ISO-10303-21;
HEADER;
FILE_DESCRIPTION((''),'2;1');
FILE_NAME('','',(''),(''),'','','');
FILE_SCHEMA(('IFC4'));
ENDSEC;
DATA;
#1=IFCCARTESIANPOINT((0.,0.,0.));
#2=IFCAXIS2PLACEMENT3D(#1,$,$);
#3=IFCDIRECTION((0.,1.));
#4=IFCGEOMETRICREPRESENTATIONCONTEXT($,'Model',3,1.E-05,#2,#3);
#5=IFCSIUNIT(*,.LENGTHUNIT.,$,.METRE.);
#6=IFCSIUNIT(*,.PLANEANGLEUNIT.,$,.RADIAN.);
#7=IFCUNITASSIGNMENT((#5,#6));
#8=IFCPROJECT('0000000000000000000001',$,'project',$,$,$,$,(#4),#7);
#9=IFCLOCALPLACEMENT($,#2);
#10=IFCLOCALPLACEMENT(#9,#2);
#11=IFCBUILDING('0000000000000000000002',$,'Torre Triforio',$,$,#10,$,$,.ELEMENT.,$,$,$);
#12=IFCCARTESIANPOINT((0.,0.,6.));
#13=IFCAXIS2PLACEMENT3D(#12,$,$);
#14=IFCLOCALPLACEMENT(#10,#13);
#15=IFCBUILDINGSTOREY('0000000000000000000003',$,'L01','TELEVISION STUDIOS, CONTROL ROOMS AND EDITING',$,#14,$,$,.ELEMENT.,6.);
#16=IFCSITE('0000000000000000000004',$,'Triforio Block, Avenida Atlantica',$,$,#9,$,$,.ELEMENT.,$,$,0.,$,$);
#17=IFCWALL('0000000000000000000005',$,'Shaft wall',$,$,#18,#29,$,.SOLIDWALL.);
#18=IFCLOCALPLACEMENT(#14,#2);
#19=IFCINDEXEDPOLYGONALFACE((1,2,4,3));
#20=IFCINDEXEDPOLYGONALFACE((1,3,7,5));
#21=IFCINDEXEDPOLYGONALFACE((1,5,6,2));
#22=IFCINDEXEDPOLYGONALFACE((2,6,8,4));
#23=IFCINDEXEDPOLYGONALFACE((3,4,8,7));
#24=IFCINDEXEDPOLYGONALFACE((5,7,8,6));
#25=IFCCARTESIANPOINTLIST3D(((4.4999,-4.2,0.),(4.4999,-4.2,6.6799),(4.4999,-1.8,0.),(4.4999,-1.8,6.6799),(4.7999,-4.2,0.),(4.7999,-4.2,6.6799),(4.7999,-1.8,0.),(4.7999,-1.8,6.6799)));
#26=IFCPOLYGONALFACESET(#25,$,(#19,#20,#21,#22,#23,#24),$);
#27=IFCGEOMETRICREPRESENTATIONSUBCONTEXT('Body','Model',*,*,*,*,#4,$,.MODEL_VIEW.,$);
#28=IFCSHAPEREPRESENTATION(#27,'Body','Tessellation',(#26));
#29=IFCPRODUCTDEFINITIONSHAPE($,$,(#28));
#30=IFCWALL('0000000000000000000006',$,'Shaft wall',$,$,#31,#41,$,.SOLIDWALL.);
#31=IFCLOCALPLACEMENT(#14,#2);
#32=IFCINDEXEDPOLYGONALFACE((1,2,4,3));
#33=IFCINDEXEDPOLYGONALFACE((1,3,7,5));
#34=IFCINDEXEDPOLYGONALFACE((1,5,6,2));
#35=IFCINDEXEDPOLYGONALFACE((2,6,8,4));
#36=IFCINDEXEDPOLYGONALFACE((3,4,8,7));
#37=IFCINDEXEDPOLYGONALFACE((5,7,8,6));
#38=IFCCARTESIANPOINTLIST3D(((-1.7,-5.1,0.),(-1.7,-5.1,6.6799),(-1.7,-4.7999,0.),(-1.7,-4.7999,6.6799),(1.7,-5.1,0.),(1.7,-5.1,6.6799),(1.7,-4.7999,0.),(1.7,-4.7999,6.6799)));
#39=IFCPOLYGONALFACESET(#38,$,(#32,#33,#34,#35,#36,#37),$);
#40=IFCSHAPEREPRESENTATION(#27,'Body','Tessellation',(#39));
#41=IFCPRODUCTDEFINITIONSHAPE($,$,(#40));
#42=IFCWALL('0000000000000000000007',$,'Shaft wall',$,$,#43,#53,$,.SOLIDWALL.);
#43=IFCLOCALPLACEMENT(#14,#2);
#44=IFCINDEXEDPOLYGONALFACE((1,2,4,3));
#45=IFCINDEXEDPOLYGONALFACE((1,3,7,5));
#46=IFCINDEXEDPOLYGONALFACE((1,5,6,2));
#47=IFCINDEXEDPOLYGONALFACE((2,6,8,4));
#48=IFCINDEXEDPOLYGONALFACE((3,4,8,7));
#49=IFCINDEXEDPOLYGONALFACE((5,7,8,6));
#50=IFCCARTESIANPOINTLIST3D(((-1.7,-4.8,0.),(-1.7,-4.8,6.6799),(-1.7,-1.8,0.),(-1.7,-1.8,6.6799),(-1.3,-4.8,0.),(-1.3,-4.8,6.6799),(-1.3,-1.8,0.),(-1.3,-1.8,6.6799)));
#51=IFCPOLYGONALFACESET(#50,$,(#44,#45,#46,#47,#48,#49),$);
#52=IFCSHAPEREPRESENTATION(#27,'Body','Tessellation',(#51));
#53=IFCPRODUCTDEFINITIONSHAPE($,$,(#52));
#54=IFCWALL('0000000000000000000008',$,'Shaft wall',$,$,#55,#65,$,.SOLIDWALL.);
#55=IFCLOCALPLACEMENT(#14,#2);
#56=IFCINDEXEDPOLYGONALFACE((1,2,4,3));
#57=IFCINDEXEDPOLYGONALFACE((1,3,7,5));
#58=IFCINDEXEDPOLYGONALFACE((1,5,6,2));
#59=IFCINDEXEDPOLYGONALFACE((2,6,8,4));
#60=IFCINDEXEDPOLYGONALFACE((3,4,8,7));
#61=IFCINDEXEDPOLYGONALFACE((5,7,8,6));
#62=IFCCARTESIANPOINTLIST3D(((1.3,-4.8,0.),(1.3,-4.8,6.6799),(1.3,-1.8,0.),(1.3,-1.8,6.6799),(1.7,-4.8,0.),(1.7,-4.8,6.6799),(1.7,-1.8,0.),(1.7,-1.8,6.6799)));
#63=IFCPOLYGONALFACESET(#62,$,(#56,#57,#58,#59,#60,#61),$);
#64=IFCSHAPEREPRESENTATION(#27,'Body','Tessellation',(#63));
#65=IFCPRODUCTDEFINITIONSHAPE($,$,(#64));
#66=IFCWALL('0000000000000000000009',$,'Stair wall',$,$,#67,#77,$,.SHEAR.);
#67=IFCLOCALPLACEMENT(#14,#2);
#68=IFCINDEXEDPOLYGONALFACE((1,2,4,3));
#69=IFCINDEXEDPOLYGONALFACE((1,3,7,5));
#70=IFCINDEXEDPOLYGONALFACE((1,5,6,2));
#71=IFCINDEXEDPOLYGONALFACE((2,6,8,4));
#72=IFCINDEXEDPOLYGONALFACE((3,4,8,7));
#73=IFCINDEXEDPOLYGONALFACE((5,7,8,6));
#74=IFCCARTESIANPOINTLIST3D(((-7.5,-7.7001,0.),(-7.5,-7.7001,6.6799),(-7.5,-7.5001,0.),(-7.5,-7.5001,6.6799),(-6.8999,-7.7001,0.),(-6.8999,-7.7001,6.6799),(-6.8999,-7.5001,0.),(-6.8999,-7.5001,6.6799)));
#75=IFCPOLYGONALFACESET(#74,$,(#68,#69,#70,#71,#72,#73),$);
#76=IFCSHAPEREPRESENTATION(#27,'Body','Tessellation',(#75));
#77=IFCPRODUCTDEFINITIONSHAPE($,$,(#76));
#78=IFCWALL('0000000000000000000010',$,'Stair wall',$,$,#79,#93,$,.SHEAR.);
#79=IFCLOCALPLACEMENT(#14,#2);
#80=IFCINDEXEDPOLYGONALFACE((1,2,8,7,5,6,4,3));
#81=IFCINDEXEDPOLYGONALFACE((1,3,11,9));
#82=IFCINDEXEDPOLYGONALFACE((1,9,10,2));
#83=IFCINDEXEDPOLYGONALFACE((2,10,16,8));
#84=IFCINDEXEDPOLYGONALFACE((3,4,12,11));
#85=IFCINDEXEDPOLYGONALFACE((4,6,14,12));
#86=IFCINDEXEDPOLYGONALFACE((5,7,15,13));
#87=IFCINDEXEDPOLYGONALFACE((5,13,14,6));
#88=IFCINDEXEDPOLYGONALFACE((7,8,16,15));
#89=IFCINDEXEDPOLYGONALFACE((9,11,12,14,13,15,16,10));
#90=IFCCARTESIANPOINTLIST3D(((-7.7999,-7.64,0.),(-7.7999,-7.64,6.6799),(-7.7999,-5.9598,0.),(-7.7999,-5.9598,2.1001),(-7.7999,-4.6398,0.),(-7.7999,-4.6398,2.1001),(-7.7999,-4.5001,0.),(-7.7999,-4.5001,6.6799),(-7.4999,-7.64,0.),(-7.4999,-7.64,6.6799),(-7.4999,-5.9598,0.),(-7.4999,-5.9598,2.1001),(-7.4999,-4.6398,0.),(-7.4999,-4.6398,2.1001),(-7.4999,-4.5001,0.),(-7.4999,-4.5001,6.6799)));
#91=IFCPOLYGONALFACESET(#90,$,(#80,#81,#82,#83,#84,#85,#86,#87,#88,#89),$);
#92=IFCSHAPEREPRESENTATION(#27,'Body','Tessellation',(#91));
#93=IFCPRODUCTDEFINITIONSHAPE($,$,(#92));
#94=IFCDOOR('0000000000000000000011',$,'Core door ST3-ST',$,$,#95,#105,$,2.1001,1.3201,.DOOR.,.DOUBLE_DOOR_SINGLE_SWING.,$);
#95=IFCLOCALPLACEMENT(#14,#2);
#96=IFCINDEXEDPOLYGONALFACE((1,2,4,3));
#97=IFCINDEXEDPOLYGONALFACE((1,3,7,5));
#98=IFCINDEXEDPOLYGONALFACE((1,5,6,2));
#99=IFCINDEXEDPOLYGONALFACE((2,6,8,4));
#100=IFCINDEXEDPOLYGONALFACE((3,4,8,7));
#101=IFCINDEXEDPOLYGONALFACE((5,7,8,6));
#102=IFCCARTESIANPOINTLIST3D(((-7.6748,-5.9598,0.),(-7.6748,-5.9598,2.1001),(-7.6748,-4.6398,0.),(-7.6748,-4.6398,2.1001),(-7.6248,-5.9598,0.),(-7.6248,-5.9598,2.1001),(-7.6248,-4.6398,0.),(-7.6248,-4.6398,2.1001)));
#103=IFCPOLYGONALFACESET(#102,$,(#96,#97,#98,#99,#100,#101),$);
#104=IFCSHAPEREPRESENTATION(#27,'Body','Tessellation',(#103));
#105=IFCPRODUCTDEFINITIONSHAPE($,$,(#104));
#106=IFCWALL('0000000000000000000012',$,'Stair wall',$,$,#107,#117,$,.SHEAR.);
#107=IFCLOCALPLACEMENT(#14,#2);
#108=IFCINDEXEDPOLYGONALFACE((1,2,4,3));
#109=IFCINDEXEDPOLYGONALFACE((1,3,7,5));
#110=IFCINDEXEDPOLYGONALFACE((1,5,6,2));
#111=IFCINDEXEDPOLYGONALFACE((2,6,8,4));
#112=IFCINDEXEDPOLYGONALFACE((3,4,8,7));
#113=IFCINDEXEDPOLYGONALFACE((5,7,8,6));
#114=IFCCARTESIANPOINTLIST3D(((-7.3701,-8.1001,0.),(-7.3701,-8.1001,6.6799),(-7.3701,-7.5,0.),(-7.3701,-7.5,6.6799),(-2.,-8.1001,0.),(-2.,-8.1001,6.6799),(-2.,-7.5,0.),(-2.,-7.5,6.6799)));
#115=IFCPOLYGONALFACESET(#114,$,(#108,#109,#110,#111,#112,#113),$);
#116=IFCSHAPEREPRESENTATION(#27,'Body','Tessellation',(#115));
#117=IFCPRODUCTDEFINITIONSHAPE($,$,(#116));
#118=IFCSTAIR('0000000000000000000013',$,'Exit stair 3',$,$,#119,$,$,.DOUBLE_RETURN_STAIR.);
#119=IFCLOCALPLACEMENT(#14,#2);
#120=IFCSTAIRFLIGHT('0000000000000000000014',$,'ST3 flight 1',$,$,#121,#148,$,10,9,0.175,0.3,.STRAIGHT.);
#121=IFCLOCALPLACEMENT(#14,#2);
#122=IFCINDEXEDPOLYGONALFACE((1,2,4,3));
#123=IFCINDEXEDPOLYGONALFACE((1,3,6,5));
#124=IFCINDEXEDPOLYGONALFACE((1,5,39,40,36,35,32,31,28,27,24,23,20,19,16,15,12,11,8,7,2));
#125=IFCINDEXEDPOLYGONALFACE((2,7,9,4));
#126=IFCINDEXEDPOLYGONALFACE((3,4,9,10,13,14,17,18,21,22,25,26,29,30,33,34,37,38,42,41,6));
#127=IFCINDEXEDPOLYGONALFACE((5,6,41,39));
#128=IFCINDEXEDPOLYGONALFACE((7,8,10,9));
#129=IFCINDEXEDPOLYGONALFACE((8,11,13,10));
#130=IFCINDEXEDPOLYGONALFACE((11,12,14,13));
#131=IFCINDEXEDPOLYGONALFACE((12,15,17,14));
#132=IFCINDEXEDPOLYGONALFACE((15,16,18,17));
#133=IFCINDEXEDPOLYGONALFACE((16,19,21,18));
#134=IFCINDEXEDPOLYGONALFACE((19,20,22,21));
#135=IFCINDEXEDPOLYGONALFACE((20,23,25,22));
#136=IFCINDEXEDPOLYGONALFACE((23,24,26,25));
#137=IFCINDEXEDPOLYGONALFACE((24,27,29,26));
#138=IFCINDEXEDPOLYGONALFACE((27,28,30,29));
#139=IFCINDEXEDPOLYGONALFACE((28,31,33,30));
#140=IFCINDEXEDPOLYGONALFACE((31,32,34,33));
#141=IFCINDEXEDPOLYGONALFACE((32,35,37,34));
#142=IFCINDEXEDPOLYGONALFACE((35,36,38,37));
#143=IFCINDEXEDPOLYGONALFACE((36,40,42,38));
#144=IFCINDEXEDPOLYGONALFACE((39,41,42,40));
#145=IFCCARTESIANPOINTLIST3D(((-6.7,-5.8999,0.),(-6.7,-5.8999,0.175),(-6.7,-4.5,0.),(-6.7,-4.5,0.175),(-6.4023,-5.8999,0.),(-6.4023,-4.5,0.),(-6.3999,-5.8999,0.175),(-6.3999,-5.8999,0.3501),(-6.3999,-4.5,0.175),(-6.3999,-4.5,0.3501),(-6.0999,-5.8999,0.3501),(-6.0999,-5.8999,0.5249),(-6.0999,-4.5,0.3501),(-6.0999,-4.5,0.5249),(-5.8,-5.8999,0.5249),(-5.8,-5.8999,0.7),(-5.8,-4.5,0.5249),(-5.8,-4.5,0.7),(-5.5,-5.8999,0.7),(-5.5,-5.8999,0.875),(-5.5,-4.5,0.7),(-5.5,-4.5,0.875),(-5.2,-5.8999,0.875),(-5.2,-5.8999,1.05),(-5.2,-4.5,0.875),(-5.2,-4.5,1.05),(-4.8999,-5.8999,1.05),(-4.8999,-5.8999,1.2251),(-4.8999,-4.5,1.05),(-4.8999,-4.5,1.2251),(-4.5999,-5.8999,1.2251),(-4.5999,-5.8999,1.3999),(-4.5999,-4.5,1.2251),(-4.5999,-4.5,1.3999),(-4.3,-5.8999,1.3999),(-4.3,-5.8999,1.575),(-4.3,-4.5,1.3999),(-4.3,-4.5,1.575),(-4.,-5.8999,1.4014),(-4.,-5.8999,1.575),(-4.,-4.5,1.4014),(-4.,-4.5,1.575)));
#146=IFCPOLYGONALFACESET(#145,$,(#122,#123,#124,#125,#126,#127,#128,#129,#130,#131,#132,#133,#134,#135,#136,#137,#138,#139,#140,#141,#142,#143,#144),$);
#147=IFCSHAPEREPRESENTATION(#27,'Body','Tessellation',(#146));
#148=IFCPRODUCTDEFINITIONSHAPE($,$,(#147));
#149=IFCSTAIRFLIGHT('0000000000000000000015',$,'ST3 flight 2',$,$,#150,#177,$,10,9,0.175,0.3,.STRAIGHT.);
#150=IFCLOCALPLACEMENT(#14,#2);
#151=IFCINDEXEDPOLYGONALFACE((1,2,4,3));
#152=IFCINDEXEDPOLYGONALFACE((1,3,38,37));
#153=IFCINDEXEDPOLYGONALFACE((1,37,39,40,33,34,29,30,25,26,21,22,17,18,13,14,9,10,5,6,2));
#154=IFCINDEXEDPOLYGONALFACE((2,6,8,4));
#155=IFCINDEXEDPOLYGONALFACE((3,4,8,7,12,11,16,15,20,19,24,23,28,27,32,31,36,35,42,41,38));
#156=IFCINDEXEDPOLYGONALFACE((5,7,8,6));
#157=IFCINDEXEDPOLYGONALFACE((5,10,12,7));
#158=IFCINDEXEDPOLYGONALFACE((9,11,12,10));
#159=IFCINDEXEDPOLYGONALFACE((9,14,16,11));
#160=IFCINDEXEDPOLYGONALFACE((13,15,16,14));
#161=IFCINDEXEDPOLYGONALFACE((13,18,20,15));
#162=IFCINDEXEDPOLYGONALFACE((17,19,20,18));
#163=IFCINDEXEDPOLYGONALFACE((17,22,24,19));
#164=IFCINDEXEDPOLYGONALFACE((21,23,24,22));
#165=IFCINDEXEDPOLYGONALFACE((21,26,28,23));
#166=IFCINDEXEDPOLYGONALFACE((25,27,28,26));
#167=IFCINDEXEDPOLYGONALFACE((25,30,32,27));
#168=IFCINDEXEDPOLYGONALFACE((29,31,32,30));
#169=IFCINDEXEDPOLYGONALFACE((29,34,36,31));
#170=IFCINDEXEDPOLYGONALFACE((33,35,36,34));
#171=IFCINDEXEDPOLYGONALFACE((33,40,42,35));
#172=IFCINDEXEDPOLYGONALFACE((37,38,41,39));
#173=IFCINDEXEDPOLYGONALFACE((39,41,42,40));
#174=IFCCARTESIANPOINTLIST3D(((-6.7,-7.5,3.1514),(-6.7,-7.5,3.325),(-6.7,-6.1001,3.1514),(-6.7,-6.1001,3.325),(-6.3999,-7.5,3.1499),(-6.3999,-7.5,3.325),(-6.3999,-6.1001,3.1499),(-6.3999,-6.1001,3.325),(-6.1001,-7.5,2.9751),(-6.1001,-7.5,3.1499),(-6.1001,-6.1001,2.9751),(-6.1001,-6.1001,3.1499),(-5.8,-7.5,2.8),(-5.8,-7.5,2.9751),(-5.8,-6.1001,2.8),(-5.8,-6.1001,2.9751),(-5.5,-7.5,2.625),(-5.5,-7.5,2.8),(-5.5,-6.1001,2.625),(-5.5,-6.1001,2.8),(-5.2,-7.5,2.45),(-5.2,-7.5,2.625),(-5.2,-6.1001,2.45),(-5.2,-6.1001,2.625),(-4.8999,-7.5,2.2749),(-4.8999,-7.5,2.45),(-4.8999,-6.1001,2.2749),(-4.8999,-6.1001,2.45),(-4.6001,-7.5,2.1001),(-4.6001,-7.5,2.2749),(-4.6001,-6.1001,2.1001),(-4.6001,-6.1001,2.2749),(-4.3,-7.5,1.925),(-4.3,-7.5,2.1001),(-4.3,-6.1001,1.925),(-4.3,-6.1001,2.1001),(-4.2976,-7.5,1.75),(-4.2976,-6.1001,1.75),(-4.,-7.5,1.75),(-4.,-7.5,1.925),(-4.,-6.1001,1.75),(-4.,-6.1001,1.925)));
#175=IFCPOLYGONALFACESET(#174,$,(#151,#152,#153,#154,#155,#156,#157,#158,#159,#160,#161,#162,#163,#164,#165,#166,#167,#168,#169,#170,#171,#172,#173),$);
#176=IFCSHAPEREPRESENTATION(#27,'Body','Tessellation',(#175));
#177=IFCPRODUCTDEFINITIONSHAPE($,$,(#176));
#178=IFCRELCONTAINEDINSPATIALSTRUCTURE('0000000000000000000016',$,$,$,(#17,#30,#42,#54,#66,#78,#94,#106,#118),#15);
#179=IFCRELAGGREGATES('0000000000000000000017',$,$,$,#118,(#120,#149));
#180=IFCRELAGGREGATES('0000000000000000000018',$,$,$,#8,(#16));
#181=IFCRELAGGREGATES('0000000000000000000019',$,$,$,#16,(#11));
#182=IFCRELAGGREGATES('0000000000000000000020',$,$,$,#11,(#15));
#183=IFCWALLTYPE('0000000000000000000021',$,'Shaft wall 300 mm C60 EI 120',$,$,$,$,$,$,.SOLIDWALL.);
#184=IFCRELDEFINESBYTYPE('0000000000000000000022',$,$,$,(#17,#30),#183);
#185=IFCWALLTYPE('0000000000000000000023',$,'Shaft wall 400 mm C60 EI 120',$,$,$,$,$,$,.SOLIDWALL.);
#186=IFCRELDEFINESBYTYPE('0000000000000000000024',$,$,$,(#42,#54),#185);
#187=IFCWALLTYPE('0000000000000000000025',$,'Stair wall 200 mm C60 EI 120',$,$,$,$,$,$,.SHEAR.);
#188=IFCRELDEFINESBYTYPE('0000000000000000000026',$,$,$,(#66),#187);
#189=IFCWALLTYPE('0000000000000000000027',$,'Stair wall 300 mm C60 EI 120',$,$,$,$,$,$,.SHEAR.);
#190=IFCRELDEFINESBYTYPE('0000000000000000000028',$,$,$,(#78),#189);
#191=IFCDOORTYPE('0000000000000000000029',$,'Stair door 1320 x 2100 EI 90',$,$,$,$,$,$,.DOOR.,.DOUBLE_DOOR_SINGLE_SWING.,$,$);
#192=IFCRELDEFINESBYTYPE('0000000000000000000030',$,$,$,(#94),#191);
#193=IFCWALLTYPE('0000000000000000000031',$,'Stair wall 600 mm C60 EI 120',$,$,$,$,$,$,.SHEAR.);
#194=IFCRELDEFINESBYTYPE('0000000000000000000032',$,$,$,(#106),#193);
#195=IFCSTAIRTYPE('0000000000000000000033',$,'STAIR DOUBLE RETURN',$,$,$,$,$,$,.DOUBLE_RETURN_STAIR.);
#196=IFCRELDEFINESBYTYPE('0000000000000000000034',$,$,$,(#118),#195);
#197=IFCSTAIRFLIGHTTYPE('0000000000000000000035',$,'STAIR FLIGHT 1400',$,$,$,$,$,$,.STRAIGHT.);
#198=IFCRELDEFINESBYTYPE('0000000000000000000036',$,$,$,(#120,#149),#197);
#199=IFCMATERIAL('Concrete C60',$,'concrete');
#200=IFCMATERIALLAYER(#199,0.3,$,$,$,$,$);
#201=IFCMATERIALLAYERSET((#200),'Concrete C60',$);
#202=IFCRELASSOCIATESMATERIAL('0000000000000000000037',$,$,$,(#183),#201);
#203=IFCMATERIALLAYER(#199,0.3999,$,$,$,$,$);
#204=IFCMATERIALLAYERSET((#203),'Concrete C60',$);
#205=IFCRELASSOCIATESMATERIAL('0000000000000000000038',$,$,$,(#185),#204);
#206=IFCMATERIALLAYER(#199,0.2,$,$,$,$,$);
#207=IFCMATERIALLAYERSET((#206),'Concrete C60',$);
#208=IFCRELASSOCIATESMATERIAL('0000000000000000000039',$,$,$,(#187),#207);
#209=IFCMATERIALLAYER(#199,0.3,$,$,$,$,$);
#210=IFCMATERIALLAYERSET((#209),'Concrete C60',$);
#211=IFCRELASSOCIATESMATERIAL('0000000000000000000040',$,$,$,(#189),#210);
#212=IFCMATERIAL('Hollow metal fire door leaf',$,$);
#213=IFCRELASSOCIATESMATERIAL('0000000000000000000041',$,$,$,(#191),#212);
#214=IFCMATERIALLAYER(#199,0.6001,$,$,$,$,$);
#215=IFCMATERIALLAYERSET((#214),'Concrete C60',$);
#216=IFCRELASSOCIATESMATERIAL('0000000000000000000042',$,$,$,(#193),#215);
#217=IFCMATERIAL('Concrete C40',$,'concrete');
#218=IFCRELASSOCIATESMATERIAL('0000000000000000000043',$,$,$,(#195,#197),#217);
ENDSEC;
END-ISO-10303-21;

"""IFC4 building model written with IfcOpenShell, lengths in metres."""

from ifc_helpers import new_model, si_unit, direction, frame, frame_2d, origin, place, context, subcontext, project, spatial, polyline, rectangle, outline, extrude, material, layer, layer_set, type_object, element, fill, aggregate, save


model = new_model("IFC4")

# Units and contexts
model_context = context("Model", 3, precision=1e-05, world=origin(), true_north=direction((0.0, 1.0)))
body_context = subcontext(model_context, "Body", "Model", "MODEL_VIEW")
ifc_project = project(units=[si_unit("LENGTHUNIT", "METRE"), si_unit("PLANEANGLEUNIT", "RADIAN")], contexts=[model_context])

# Site, building, storey
site_placement = place(None, origin())
site = spatial("IfcSite", under=ifc_project, at=site_placement, Name="Triforio Block, Avenida Atlantica", CompositionType="ELEMENT", RefElevation=0.0)
building_placement = place(site_placement, origin())
building = spatial("IfcBuilding", under=site, at=building_placement, Name="Torre Triforio", CompositionType="ELEMENT")
storey_placement = place(building_placement, frame((0.0, 0.0, 6.0)))
storey = spatial("IfcBuildingStorey", under=building, at=storey_placement, Name="L01", Description="TELEVISION STUDIOS, CONTROL ROOMS AND EDITING", CompositionType="ELEMENT", Elevation=6.0)

# Shared definitions
ifc_material_1 = material(Name="Concrete C60", Category="concrete")

# Shared definitions
ifc_material_2 = material(Name="Hollow metal fire door leaf")

# Walls
ifc_layer_1 = layer(ifc_material_1, 0.3)
ifc_layer_set_1 = layer_set([ifc_layer_1], Name="Concrete C60")
wall_type_1 = type_object("IfcWallType", Name="Shaft wall 300 mm C60 EI 120", PredefinedType="SOLIDWALL", material=ifc_layer_set_1)
for number, where, z_axis, x_axis, name in (
    (1, (4.6499, -4.2, 0.0), (0.0, 0.0, 1.0), (0.0, 1.0, 0.0), "Shaft wall"),
):
    element("IfcWall", number, at=place(storey_placement, frame(where, z_axis=z_axis, x_axis=x_axis)), inside=storey, type_object=wall_type_1, Name=name, PredefinedType="SOLIDWALL", context=body_context, shape_type="SweptSolid", body=[
        extrude(rectangle(XDim=2.3999, YDim=0.3, at=frame_2d((1.2, 0.0))), origin(), (0.0, 0.0, 1.0), 6.6799),
    ])
wall_1_placement = place(storey_placement, frame((-1.7, -4.95, 0.0), z_axis=(0.0, 0.0, 1.0), x_axis=(1.0, 0.0, 0.0)))
element("IfcWall", 2, at=wall_1_placement, inside=storey, type_object=wall_type_1, Name="Shaft wall", PredefinedType="SOLIDWALL", context=body_context, shape_type="SweptSolid", body=[
    extrude(rectangle(XDim=3.3999, YDim=0.3, at=frame_2d((1.7, 0.0))), origin(), (0.0, 0.0, 1.0), 6.6799),
])
ifc_layer_2 = layer(ifc_material_1, 0.3999)
ifc_layer_set_2 = layer_set([ifc_layer_2], Name="Concrete C60")
wall_type_2 = type_object("IfcWallType", Name="Shaft wall 400 mm C60 EI 120", PredefinedType="SOLIDWALL", material=ifc_layer_set_2)
for number, where, z_axis, x_axis, name in (
    (3, (-1.5, -4.8, 0.0), (0.0, 0.0, 1.0), (0.0, 1.0, 0.0), "Shaft wall"),
    (4, (1.5, -4.8, 0.0), (0.0, 0.0, 1.0), (0.0, 1.0, 0.0), "Shaft wall"),
):
    element("IfcWall", number, at=place(storey_placement, frame(where, z_axis=z_axis, x_axis=x_axis)), inside=storey, type_object=wall_type_2, Name=name, PredefinedType="SOLIDWALL", context=body_context, shape_type="SweptSolid", body=[
        extrude(rectangle(XDim=3.0, YDim=0.3999, at=frame_2d((1.5, 0.0))), origin(), (0.0, 0.0, 1.0), 6.6799),
    ])
ifc_layer_3 = layer(ifc_material_1, 0.2)
ifc_layer_set_3 = layer_set([ifc_layer_3], Name="Concrete C60")
wall_type_3 = type_object("IfcWallType", Name="Stair wall 200 mm C60 EI 120", PredefinedType="SHEAR", material=ifc_layer_set_3)
wall_2_placement = place(storey_placement, frame((-7.5, -7.6001, 0.0), z_axis=(0.0, 0.0, 1.0), x_axis=(1.0, 0.0, 0.0)))
element("IfcWall", 5, at=wall_2_placement, inside=storey, type_object=wall_type_3, Name="Stair wall", PredefinedType="SHEAR", context=body_context, shape_type="SweptSolid", body=[
    extrude(rectangle(XDim=0.6001, YDim=0.2, at=frame_2d((0.3, 0.0))), origin(), (0.0, 0.0, 1.0), 6.6799),
])

# Wall, opening, door
ifc_layer_4 = layer(ifc_material_1, 0.3)
ifc_layer_set_4 = layer_set([ifc_layer_4], Name="Concrete C60")
wall_type_4 = type_object("IfcWallType", Name="Stair wall 300 mm C60 EI 120", PredefinedType="SHEAR", material=ifc_layer_set_4)
wall_3_placement = place(storey_placement, frame((-7.6499, -7.6399, 0.0), z_axis=(0.0, 0.0, 1.0), x_axis=(0.0, 1.0, 0.0)))
wall_3 = element("IfcWall", 6, at=wall_3_placement, inside=storey, type_object=wall_type_4, Name="Stair wall", PredefinedType="SHEAR", context=body_context, shape_type="SweptSolid", body=[
    extrude(rectangle(XDim=3.1399, YDim=0.3, at=frame_2d((1.5698, 0.0))), origin(), (0.0, 0.0, 1.0), 6.6799),
])
opening_1_placement = place(wall_3_placement, frame((1.6799, 0.0, 0.0)))
opening_1 = element("IfcOpeningElement", 7, at=opening_1_placement, cuts=wall_3, PredefinedType="OPENING", context=body_context, shape_type="SweptSolid", body=[
    extrude(rectangle(XDim=1.3201, YDim=2.1001, at=frame_2d((0.6602, 1.05))), frame((0.0, 0.1599, 0.0), z_axis=(0.0, -1.0, 0.0), x_axis=(1.0, 0.0, 0.0)), (0.0, 0.0, 1.0), 0.3201),
])
door_type_1 = type_object("IfcDoorType", Name="Stair door 1320 x 2100 EI 90", OperationType="DOUBLE_DOOR_SINGLE_SWING", PredefinedType="DOOR", material=ifc_material_2)
door_1_placement = place(opening_1_placement, origin())
door_1 = element("IfcDoor", 8, at=door_1_placement, inside=storey, type_object=door_type_1, Name="Core door ST3-ST", OperationType="DOUBLE_DOOR_SINGLE_SWING", OverallHeight=2.1001, OverallWidth=1.3201, PredefinedType="DOOR", context=body_context, shape_type="SweptSolid", body=[
    extrude(rectangle(XDim=1.3201, YDim=2.1001, at=frame_2d((0.6602, 1.05))), frame((0.0, 0.0249, 0.0), z_axis=(0.0, -1.0, 0.0), x_axis=(1.0, 0.0, 0.0)), (0.0, 0.0, 1.0), 0.05),
])
fill(opening_1, door_1)

# Wall
ifc_layer_5 = layer(ifc_material_1, 0.6001)
ifc_layer_set_5 = layer_set([ifc_layer_5], Name="Concrete C60")
wall_type_5 = type_object("IfcWallType", Name="Stair wall 600 mm C60 EI 120", PredefinedType="SHEAR", material=ifc_layer_set_5)
wall_4_placement = place(storey_placement, frame((-7.3701, -7.8, 0.0), z_axis=(0.0, 0.0, 1.0), x_axis=(1.0, 0.0, 0.0)))
element("IfcWall", 9, at=wall_4_placement, inside=storey, type_object=wall_type_5, Name="Stair wall", PredefinedType="SHEAR", context=body_context, shape_type="SweptSolid", body=[
    extrude(rectangle(XDim=5.3701, YDim=0.6001, at=frame_2d((2.6851, 0.0))), origin(), (0.0, 0.0, 1.0), 6.6799),
])

# Stair, stair flights
ifc_material_3 = material(Name="Concrete C40", Category="concrete")
stair_type = type_object("IfcStairType", Name="STAIR DOUBLE RETURN", PredefinedType="DOUBLE_RETURN_STAIR", material=ifc_material_3)
stair_placement = place(storey_placement, origin())
stair = element("IfcStair", 10, at=stair_placement, inside=storey, type_object=stair_type, Name="Exit stair 3", PredefinedType="DOUBLE_RETURN_STAIR")
stair_flight_type = type_object("IfcStairFlightType", Name="STAIR FLIGHT 1400", PredefinedType="STRAIGHT", material=ifc_material_3)
stair_flight_1_placement = place(storey_placement, frame((-6.7, -5.2, 0.0), z_axis=(0.0, 0.0, 1.0), x_axis=(1.0, 0.0, 0.0)))
stair_flight_1 = element("IfcStairFlight", 11, at=stair_flight_1_placement, type_object=stair_flight_type, Name="ST3 flight 1", NumberOfRisers=10, NumberOfTreads=9, PredefinedType="STRAIGHT", RiserHeight=0.175, TreadLength=0.3, context=body_context, shape_type="SweptSolid", body=[
    extrude(outline(polyline([(0.0, 0.0), (0.0, 0.175), (0.3, 0.175), (0.3, 0.3501), (0.6001, 0.3501), (0.6001, 0.5249), (0.8999, 0.5249), (0.8999, 0.7), (1.2, 0.7), (1.2, 0.875), (1.5, 0.875), (1.5, 1.05), (1.8, 1.05), (1.8, 1.2251), (2.1001, 1.2251), (2.1001, 1.3999), (2.3999, 1.3999), (2.3999, 1.575), (2.7, 1.575), (2.7, 1.75), (2.7, 1.4014), (0.2976, 0.0), (0.0, 0.0)])), frame((0.0, 0.7, 0.0), z_axis=(0.0, -1.0, 0.0), x_axis=(1.0, 0.0, 0.0)), (0.0, 0.0, 1.0), 1.3999),
])
stair_flight_2_placement = place(storey_placement, frame((-4.0, -6.8, 1.75), z_axis=(0.0, 0.0, 1.0), x_axis=(-1.0, 0.0, 0.0)))
stair_flight_2 = element("IfcStairFlight", 12, at=stair_flight_2_placement, type_object=stair_flight_type, Name="ST3 flight 2", NumberOfRisers=10, NumberOfTreads=9, PredefinedType="STRAIGHT", RiserHeight=0.175, TreadLength=0.3, context=body_context, shape_type="SweptSolid", body=[
    extrude(outline(polyline([(0.0, 0.0), (0.0, 0.175), (0.3, 0.175), (0.3, 0.3501), (0.6001, 0.3501), (0.6001, 0.5249), (0.8999, 0.5249), (0.8999, 0.7), (1.2, 0.7), (1.2, 0.875), (1.5, 0.875), (1.5, 1.05), (1.8, 1.05), (1.8, 1.2251), (2.1001, 1.2251), (2.1001, 1.3999), (2.3999, 1.3999), (2.3999, 1.575), (2.7, 1.575), (2.7, 1.75), (2.7, 1.4014), (0.2976, 0.0), (0.0, 0.0)])), frame((0.0, 0.7, 0.0), z_axis=(0.0, -1.0, 0.0), x_axis=(1.0, 0.0, 0.0)), (0.0, 0.0, 1.0), 1.3999),
])
aggregate(stair, [stair_flight_1, stair_flight_2])

save(model, "model.ifc")
